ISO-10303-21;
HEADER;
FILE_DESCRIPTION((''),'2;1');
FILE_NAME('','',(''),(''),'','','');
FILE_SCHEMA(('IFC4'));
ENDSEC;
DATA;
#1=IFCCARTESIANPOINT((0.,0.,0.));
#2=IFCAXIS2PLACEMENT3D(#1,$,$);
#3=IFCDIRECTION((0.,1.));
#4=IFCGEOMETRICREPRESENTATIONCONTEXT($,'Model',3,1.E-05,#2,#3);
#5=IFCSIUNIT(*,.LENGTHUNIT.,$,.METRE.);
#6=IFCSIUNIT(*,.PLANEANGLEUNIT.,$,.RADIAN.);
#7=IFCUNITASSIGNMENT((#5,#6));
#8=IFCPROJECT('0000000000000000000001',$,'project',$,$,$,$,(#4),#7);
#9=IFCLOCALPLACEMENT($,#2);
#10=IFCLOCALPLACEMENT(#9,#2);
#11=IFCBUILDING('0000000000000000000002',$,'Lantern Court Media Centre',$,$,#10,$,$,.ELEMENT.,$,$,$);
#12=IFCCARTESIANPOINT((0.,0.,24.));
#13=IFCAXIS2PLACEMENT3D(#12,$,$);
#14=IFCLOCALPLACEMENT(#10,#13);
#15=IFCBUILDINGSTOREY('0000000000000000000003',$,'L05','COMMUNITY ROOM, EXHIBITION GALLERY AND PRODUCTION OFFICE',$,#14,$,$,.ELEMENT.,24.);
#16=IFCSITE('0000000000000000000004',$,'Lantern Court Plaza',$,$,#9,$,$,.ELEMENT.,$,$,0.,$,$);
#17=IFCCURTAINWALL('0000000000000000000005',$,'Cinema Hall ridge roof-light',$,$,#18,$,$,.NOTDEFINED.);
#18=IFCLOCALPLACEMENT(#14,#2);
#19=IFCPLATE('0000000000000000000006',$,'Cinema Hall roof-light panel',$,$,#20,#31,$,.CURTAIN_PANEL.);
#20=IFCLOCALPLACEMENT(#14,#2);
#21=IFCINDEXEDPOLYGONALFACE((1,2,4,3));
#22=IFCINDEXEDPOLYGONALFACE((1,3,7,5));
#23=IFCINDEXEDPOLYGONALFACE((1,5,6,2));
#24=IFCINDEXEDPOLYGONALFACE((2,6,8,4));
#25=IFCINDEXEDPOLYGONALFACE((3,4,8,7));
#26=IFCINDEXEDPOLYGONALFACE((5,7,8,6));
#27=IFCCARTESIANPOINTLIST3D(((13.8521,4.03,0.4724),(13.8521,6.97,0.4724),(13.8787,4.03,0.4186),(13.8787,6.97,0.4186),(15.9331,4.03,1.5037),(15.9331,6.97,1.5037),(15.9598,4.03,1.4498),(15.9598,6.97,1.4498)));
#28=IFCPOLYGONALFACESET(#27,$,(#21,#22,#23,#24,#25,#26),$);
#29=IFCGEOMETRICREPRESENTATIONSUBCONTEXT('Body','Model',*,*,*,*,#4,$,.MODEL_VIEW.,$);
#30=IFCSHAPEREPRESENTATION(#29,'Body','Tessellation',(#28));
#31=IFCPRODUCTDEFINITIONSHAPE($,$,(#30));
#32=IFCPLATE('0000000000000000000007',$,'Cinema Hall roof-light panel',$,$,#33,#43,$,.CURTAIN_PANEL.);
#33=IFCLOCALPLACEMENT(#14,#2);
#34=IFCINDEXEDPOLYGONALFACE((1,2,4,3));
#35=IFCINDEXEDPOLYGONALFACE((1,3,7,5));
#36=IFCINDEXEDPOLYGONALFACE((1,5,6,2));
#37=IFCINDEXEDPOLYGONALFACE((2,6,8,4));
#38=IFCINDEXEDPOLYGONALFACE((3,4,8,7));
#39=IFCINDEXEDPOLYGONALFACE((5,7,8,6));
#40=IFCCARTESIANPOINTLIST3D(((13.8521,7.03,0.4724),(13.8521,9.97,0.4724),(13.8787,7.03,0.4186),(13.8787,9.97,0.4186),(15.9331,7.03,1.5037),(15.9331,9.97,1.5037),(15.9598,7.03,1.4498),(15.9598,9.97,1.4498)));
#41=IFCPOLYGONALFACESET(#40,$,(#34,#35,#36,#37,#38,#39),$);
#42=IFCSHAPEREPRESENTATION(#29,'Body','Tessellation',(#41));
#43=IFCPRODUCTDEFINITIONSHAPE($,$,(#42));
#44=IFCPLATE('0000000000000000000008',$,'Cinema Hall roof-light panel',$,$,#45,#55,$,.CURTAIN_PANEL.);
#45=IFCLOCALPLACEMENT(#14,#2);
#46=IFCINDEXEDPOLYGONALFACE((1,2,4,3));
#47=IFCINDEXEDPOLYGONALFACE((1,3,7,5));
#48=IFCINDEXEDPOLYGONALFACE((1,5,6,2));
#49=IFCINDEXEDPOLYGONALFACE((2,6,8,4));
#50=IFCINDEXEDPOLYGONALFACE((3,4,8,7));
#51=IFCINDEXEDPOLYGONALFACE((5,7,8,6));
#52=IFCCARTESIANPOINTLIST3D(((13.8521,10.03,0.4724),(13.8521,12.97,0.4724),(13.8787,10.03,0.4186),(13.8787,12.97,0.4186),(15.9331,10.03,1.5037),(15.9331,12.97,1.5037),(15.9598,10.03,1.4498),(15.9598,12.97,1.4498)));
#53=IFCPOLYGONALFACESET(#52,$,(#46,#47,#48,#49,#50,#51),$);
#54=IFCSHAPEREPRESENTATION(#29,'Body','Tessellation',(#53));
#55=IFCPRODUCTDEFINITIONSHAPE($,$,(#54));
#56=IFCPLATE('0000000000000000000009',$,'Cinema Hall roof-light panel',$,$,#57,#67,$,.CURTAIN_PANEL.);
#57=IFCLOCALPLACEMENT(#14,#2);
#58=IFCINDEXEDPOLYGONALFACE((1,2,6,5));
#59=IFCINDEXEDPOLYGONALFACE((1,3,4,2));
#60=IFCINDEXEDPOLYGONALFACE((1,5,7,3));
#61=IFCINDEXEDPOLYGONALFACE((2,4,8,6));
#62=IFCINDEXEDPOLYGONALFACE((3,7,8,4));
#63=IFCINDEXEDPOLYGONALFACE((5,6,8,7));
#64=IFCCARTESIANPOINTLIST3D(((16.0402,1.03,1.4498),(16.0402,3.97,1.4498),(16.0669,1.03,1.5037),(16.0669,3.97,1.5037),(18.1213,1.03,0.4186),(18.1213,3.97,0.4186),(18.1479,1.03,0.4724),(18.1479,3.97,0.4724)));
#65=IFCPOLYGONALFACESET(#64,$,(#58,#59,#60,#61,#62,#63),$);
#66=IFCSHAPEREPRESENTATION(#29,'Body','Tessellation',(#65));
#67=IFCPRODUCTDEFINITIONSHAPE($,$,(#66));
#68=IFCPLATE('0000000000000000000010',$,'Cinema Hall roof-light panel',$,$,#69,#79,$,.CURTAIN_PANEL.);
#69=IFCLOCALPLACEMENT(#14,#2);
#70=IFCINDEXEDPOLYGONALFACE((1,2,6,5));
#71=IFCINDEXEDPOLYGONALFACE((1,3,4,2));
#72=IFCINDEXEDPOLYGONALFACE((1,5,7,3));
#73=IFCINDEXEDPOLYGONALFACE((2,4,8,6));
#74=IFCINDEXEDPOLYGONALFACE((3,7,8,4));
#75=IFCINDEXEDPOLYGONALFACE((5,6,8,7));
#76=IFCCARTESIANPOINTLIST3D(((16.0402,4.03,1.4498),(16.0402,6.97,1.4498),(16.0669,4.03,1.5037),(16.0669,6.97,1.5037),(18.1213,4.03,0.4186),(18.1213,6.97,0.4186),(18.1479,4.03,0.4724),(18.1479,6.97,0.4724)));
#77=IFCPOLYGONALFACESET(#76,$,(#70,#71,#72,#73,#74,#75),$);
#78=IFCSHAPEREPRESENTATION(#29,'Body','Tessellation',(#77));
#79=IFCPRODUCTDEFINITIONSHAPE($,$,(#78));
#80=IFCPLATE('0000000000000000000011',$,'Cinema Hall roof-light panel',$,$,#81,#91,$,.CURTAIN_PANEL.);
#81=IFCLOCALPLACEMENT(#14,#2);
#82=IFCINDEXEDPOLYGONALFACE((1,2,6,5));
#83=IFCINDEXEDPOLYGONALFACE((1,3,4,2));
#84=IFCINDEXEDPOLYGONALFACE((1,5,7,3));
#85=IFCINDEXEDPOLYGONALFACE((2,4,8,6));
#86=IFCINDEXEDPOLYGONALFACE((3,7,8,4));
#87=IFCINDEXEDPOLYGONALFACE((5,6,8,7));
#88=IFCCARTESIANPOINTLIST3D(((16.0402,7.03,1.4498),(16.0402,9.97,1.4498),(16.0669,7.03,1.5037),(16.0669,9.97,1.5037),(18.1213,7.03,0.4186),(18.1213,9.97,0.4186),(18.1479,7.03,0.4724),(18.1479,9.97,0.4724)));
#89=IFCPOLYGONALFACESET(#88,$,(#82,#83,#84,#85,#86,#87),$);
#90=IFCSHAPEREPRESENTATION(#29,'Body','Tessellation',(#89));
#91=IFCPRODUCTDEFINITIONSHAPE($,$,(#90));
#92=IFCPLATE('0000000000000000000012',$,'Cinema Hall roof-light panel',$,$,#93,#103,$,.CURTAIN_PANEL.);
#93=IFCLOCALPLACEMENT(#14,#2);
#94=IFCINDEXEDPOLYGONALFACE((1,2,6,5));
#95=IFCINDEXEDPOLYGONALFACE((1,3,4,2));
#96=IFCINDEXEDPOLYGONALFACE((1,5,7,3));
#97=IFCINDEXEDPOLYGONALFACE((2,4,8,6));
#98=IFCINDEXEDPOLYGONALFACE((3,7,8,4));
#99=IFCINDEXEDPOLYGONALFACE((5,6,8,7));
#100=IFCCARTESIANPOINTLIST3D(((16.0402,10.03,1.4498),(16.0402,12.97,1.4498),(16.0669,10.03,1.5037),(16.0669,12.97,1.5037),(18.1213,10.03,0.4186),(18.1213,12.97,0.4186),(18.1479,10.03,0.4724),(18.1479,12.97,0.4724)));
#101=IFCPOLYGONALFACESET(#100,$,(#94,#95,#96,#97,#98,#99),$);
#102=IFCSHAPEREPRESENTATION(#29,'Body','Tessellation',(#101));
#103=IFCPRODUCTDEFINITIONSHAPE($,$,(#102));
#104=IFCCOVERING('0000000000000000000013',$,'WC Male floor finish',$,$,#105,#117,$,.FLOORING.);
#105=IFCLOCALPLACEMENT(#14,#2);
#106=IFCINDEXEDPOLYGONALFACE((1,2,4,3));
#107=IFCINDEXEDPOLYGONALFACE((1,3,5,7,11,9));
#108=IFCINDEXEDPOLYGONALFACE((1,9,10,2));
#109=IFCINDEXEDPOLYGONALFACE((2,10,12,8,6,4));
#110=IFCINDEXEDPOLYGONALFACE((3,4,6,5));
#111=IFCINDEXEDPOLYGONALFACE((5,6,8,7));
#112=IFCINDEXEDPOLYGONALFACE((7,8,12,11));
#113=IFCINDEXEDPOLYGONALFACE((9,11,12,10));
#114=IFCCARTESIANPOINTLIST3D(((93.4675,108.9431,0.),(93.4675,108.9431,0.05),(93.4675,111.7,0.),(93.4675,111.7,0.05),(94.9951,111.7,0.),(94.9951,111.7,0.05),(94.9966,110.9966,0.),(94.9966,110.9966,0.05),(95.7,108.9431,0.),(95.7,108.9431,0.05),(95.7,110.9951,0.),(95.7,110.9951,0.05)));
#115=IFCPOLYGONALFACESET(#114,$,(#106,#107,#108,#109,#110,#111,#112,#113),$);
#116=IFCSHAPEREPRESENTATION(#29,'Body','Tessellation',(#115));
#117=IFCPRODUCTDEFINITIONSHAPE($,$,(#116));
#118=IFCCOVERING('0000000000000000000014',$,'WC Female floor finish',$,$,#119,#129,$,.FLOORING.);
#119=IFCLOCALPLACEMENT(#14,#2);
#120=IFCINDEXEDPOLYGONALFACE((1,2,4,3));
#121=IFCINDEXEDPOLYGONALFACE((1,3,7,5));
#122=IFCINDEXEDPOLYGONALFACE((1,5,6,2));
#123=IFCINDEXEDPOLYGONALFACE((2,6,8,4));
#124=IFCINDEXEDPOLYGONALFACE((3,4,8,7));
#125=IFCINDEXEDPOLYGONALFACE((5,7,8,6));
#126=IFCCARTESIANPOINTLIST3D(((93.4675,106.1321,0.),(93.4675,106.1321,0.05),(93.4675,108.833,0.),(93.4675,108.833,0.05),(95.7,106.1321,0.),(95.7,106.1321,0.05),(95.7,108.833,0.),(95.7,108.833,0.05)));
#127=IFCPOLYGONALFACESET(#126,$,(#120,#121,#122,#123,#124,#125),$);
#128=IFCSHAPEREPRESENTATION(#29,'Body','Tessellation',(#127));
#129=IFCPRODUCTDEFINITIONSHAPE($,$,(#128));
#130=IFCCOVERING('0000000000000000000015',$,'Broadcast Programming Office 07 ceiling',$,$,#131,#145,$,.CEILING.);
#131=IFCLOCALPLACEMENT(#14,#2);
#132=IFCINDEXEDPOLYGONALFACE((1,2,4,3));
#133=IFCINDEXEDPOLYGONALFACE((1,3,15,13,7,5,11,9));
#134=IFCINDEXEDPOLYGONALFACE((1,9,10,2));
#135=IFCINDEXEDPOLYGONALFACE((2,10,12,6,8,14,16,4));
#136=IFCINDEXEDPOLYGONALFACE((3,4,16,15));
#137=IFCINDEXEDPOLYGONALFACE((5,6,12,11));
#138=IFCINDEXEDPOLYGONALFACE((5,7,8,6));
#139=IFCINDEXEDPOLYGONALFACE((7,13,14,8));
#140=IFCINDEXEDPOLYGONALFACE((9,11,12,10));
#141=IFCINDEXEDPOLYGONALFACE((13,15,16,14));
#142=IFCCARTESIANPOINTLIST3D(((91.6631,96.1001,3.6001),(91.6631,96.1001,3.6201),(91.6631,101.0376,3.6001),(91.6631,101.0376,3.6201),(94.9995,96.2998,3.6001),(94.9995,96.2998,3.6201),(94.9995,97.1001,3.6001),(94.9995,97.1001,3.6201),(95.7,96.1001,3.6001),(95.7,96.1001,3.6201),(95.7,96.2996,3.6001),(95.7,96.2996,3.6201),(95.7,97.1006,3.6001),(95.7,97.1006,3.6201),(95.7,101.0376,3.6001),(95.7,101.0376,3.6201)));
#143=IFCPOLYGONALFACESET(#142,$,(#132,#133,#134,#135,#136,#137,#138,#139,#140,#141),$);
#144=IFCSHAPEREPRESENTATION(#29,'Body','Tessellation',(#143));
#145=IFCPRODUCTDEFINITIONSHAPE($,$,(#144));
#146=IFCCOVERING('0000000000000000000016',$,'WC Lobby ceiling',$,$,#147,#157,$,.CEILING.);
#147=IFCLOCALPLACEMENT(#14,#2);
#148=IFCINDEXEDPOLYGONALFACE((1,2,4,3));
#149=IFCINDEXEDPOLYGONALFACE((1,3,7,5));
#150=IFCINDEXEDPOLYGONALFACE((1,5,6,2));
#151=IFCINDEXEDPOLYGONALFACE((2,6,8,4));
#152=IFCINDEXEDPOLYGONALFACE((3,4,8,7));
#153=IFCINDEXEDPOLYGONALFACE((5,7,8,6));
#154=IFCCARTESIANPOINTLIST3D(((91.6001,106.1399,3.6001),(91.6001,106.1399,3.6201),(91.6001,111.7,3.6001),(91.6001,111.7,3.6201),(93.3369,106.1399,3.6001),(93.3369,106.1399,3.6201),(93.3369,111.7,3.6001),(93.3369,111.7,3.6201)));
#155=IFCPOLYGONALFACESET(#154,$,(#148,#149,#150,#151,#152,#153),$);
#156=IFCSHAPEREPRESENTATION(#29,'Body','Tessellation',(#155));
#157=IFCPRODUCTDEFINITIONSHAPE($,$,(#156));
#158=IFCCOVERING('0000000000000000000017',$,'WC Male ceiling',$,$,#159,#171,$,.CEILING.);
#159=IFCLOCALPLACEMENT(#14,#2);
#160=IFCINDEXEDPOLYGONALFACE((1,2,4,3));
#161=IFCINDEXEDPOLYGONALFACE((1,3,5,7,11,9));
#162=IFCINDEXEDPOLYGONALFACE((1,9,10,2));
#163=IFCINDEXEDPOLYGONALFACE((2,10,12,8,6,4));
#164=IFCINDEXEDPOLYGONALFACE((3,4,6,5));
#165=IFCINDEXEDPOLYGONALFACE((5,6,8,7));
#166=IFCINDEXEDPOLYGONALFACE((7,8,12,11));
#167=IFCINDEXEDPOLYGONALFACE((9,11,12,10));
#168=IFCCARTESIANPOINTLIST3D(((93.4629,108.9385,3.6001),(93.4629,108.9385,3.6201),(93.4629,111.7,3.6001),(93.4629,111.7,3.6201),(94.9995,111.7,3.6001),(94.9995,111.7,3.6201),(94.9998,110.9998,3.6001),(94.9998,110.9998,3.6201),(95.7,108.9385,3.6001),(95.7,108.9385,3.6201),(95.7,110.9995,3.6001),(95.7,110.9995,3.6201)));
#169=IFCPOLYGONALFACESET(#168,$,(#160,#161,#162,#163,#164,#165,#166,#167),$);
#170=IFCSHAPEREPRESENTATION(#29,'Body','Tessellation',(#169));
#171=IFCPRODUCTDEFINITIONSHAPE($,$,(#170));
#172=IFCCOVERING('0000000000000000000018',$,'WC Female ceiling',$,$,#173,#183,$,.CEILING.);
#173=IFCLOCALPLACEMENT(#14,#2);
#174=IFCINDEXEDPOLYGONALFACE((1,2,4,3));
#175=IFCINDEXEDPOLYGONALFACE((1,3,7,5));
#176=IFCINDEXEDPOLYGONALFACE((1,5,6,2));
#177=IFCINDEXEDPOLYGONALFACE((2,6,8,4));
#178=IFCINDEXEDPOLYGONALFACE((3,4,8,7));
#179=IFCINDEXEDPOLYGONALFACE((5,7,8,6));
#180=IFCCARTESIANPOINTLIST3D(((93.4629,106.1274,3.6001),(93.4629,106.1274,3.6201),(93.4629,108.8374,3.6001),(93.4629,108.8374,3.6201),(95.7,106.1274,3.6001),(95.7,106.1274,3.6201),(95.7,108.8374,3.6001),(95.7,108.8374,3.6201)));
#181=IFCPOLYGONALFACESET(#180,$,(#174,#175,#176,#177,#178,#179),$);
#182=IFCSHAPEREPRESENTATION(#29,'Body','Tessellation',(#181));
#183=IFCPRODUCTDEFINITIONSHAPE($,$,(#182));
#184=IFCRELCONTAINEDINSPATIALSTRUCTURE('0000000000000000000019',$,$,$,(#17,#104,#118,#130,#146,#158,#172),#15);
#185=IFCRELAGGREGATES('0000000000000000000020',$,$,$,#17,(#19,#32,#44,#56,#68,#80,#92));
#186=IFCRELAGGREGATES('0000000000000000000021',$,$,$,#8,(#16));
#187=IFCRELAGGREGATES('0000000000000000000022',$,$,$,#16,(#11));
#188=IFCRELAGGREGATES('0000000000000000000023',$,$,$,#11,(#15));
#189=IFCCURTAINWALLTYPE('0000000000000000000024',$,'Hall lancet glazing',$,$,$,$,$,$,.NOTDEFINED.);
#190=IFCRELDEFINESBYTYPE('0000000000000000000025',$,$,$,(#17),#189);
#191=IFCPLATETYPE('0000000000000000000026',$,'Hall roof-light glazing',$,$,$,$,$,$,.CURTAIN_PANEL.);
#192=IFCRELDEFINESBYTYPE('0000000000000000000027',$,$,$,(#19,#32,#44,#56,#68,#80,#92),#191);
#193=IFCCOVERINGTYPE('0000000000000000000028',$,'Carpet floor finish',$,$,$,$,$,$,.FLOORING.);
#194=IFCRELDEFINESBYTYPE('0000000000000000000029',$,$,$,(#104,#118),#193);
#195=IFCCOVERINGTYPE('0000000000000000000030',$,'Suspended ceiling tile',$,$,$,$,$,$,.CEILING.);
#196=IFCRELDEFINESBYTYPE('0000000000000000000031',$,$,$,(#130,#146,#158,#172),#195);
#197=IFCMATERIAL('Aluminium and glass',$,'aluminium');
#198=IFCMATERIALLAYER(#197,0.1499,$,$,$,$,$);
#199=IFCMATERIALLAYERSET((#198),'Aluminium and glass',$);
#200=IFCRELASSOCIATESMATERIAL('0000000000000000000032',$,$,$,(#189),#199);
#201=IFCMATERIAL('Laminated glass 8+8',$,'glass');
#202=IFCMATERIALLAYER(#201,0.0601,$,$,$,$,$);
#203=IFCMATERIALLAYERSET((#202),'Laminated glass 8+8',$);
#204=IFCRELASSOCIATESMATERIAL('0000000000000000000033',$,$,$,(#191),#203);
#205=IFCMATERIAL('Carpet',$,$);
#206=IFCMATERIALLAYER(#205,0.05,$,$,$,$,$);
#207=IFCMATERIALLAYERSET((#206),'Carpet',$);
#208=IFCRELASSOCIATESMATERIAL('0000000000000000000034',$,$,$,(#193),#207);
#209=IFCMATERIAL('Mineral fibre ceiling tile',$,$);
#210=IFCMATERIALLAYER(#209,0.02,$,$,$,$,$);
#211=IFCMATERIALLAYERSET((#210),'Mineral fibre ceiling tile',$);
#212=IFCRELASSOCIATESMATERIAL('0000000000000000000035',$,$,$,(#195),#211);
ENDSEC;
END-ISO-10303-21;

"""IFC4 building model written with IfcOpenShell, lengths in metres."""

from ifc_helpers import new_model, si_unit, direction, frame, origin, place, context, subcontext, project, spatial, polyline, outline, extrude, material, layer, layer_set, type_object, element, aggregate, save


model = new_model("IFC4")

# Units and contexts
model_context = context("Model", 3, precision=1e-05, world=origin(), true_north=direction((0.0, 1.0)))
body_context = subcontext(model_context, "Body", "Model", "MODEL_VIEW")
ifc_project = project(units=[si_unit("LENGTHUNIT", "METRE"), si_unit("PLANEANGLEUNIT", "RADIAN")], contexts=[model_context])

# Site, building, storey
site_placement = place(None, origin())
site = spatial("IfcSite", under=ifc_project, at=site_placement, Name="Lantern Court Plaza", CompositionType="ELEMENT", RefElevation=0.0)
building_placement = place(site_placement, origin())
building = spatial("IfcBuilding", under=site, at=building_placement, Name="Lantern Court Media Centre", CompositionType="ELEMENT")
storey_placement = place(building_placement, frame((0.0, 0.0, 24.0)))
storey = spatial("IfcBuildingStorey", under=building, at=storey_placement, Name="L05", Description="COMMUNITY ROOM, EXHIBITION GALLERY AND PRODUCTION OFFICE", CompositionType="ELEMENT", Elevation=24.0)

# Curtain wall
ifc_material_1 = material(Name="Aluminium and glass", Category="aluminium")
ifc_layer_1 = layer(ifc_material_1, 0.1499)
ifc_layer_set_1 = layer_set([ifc_layer_1], Name="Aluminium and glass")
curtain_wall_type = type_object("IfcCurtainWallType", Name="Hall lancet glazing", PredefinedType="NOTDEFINED", material=ifc_layer_set_1)
curtain_wall_placement = place(storey_placement, origin())
curtain_wall = element("IfcCurtainWall", 1, at=curtain_wall_placement, inside=storey, type_object=curtain_wall_type, Name="Cinema Hall ridge roof-light", PredefinedType="NOTDEFINED")

# Plates
ifc_material_2 = material(Name="Laminated glass 8+8", Category="glass")
ifc_layer_2 = layer(ifc_material_2, 0.0601)
ifc_layer_set_2 = layer_set([ifc_layer_2], Name="Laminated glass 8+8")
plate_type = type_object("IfcPlateType", Name="Hall roof-light glazing", PredefinedType="CURTAIN_PANEL", material=ifc_layer_set_2)
plate_1_placement = place(storey_placement, frame((13.8521, 4.03, 0.4724), z_axis=(-0.444015, 0.0, 0.896019), x_axis=(0.896019, 0.0, 0.444015)))
plate_1 = element("IfcPlate", 2, at=plate_1_placement, type_object=plate_type, Name="Cinema Hall roof-light panel", PredefinedType="CURTAIN_PANEL", context=body_context, shape_type="SweptSolid", body=[
    extrude(outline(polyline([(0.0, 0.0), (2.3226, 0.0), (2.3226, 2.9399), (0.0, 2.9399), (0.0, 0.0)])), origin(), (0.0, 0.0, -1.0), 0.0601),
])
plate_2_placement = place(storey_placement, frame((13.8521, 7.03, 0.4724), z_axis=(-0.444015, 0.0, 0.896019), x_axis=(0.896019, 0.0, 0.444015)))
plate_2 = element("IfcPlate", 3, at=plate_2_placement, type_object=plate_type, Name="Cinema Hall roof-light panel", PredefinedType="CURTAIN_PANEL", context=body_context, shape_type="SweptSolid", body=[
    extrude(outline(polyline([(0.0, 0.0), (2.3226, 0.0), (2.3226, 2.9399), (0.0, 2.9399), (0.0, 0.0)])), origin(), (0.0, 0.0, -1.0), 0.0601),
])
plate_3_placement = place(storey_placement, frame((13.8521, 10.03, 0.4724), z_axis=(-0.444015, 0.0, 0.896019), x_axis=(0.896019, 0.0, 0.444015)))
plate_3 = element("IfcPlate", 4, at=plate_3_placement, type_object=plate_type, Name="Cinema Hall roof-light panel", PredefinedType="CURTAIN_PANEL", context=body_context, shape_type="SweptSolid", body=[
    extrude(outline(polyline([(0.0, 0.0), (2.3226, 0.0), (2.3226, 2.9399), (0.0, 2.9399), (0.0, 0.0)])), origin(), (0.0, 0.0, -1.0), 0.0601),
])
plate_4_placement = place(storey_placement, frame((16.0669, 1.03, 1.5037), z_axis=(0.444015, 0.0, 0.896019), x_axis=(0.896019, 0.0, -0.444015)))
plate_4 = element("IfcPlate", 5, at=plate_4_placement, type_object=plate_type, Name="Cinema Hall roof-light panel", PredefinedType="CURTAIN_PANEL", context=body_context, shape_type="SweptSolid", body=[
    extrude(outline(polyline([(0.0, 0.0), (2.3226, 0.0), (2.3226, 2.9399), (0.0, 2.9399), (0.0, 0.0)])), origin(), (0.0, 0.0, -1.0), 0.0601),
])
plate_5_placement = place(storey_placement, frame((16.0669, 4.03, 1.5037), z_axis=(0.444015, 0.0, 0.896019), x_axis=(0.896019, 0.0, -0.444015)))
plate_5 = element("IfcPlate", 6, at=plate_5_placement, type_object=plate_type, Name="Cinema Hall roof-light panel", PredefinedType="CURTAIN_PANEL", context=body_context, shape_type="SweptSolid", body=[
    extrude(outline(polyline([(0.0, 0.0), (2.3226, 0.0), (2.3226, 2.9399), (0.0, 2.9399), (0.0, 0.0)])), origin(), (0.0, 0.0, -1.0), 0.0601),
])
plate_6_placement = place(storey_placement, frame((16.0669, 7.03, 1.5037), z_axis=(0.444015, 0.0, 0.896019), x_axis=(0.896019, 0.0, -0.444015)))
plate_6 = element("IfcPlate", 7, at=plate_6_placement, type_object=plate_type, Name="Cinema Hall roof-light panel", PredefinedType="CURTAIN_PANEL", context=body_context, shape_type="SweptSolid", body=[
    extrude(outline(polyline([(0.0, 0.0), (2.3226, 0.0), (2.3226, 2.9399), (0.0, 2.9399), (0.0, 0.0)])), origin(), (0.0, 0.0, -1.0), 0.0601),
])
plate_7_placement = place(storey_placement, frame((16.0669, 10.03, 1.5037), z_axis=(0.444015, 0.0, 0.896019), x_axis=(0.896019, 0.0, -0.444015)))
plate_7 = element("IfcPlate", 8, at=plate_7_placement, type_object=plate_type, Name="Cinema Hall roof-light panel", PredefinedType="CURTAIN_PANEL", context=body_context, shape_type="SweptSolid", body=[
    extrude(outline(polyline([(0.0, 0.0), (2.3226, 0.0), (2.3226, 2.9399), (0.0, 2.9399), (0.0, 0.0)])), origin(), (0.0, 0.0, -1.0), 0.0601),
])
aggregate(curtain_wall, [plate_1, plate_2, plate_3, plate_4, plate_5, plate_6, plate_7])

# Coverings
ifc_material_3 = material(Name="Carpet")
ifc_layer_3 = layer(ifc_material_3, 0.05)
ifc_layer_set_3 = layer_set([ifc_layer_3], Name="Carpet")
covering_type_1 = type_object("IfcCoveringType", Name="Carpet floor finish", PredefinedType="FLOORING", material=ifc_layer_set_3)
covering_1_placement = place(storey_placement, origin())
element("IfcCovering", 9, at=covering_1_placement, inside=storey, type_object=covering_type_1, Name="WC Male floor finish", PredefinedType="FLOORING", context=body_context, shape_type="SweptSolid", body=[
    extrude(outline(polyline([(95.7, 108.9431), (93.4675, 108.9431), (93.4675, 111.7), (94.9951, 111.7), (94.9966, 110.9966), (95.7, 110.9951), (95.7, 108.9431)])), origin(), (0.0, 0.0, 1.0), 0.05),
])
covering_2_placement = place(storey_placement, origin())
element("IfcCovering", 10, at=covering_2_placement, inside=storey, type_object=covering_type_1, Name="WC Female floor finish", PredefinedType="FLOORING", context=body_context, shape_type="SweptSolid", body=[
    extrude(outline(polyline([(95.7, 106.1321), (93.4675, 106.1321), (93.4675, 108.833), (95.7, 108.833), (95.7, 106.1321)])), origin(), (0.0, 0.0, 1.0), 0.05),
])
ifc_material_4 = material(Name="Mineral fibre ceiling tile")
ifc_layer_4 = layer(ifc_material_4, 0.02)
ifc_layer_set_4 = layer_set([ifc_layer_4], Name="Mineral fibre ceiling tile")
covering_type_2 = type_object("IfcCoveringType", Name="Suspended ceiling tile", PredefinedType="CEILING", material=ifc_layer_set_4)
covering_3_placement = place(storey_placement, frame((0.0, 0.0, 3.6001)))
element("IfcCovering", 11, at=covering_3_placement, inside=storey, type_object=covering_type_2, Name="Broadcast Programming Office 07 ceiling", PredefinedType="CEILING", context=body_context, shape_type="SweptSolid", body=[
    extrude(outline(polyline([(95.7, 96.1001), (91.6631, 96.1001), (91.6631, 101.0376), (95.7, 101.0376), (95.7, 97.1006), (94.9995, 97.1001), (94.9995, 96.2998), (95.7, 96.2996), (95.7, 96.1001)])), origin(), (0.0, 0.0, 1.0), 0.02),
])
covering_4_placement = place(storey_placement, frame((0.0, 0.0, 3.6001)))
element("IfcCovering", 12, at=covering_4_placement, inside=storey, type_object=covering_type_2, Name="WC Lobby ceiling", PredefinedType="CEILING", context=body_context, shape_type="SweptSolid", body=[
    extrude(outline(polyline([(91.6001, 111.7), (93.3369, 111.7), (93.3369, 106.1399), (91.6001, 106.1399), (91.6001, 111.7)])), origin(), (0.0, 0.0, 1.0), 0.02),
])
covering_5_placement = place(storey_placement, frame((0.0, 0.0, 3.6001)))
element("IfcCovering", 13, at=covering_5_placement, inside=storey, type_object=covering_type_2, Name="WC Male ceiling", PredefinedType="CEILING", context=body_context, shape_type="SweptSolid", body=[
    extrude(outline(polyline([(95.7, 108.9385), (93.4629, 108.9385), (93.4629, 111.7), (94.9995, 111.7), (94.9998, 110.9998), (95.7, 110.9995), (95.7, 108.9385)])), origin(), (0.0, 0.0, 1.0), 0.02),
])
covering_6_placement = place(storey_placement, frame((0.0, 0.0, 3.6001)))
element("IfcCovering", 14, at=covering_6_placement, inside=storey, type_object=covering_type_2, Name="WC Female ceiling", PredefinedType="CEILING", context=body_context, shape_type="SweptSolid", body=[
    extrude(outline(polyline([(95.7, 106.1274), (93.4629, 106.1274), (93.4629, 108.8374), (95.7, 108.8374), (95.7, 106.1274)])), origin(), (0.0, 0.0, 1.0), 0.02),
])

save(model, "model.ifc")
